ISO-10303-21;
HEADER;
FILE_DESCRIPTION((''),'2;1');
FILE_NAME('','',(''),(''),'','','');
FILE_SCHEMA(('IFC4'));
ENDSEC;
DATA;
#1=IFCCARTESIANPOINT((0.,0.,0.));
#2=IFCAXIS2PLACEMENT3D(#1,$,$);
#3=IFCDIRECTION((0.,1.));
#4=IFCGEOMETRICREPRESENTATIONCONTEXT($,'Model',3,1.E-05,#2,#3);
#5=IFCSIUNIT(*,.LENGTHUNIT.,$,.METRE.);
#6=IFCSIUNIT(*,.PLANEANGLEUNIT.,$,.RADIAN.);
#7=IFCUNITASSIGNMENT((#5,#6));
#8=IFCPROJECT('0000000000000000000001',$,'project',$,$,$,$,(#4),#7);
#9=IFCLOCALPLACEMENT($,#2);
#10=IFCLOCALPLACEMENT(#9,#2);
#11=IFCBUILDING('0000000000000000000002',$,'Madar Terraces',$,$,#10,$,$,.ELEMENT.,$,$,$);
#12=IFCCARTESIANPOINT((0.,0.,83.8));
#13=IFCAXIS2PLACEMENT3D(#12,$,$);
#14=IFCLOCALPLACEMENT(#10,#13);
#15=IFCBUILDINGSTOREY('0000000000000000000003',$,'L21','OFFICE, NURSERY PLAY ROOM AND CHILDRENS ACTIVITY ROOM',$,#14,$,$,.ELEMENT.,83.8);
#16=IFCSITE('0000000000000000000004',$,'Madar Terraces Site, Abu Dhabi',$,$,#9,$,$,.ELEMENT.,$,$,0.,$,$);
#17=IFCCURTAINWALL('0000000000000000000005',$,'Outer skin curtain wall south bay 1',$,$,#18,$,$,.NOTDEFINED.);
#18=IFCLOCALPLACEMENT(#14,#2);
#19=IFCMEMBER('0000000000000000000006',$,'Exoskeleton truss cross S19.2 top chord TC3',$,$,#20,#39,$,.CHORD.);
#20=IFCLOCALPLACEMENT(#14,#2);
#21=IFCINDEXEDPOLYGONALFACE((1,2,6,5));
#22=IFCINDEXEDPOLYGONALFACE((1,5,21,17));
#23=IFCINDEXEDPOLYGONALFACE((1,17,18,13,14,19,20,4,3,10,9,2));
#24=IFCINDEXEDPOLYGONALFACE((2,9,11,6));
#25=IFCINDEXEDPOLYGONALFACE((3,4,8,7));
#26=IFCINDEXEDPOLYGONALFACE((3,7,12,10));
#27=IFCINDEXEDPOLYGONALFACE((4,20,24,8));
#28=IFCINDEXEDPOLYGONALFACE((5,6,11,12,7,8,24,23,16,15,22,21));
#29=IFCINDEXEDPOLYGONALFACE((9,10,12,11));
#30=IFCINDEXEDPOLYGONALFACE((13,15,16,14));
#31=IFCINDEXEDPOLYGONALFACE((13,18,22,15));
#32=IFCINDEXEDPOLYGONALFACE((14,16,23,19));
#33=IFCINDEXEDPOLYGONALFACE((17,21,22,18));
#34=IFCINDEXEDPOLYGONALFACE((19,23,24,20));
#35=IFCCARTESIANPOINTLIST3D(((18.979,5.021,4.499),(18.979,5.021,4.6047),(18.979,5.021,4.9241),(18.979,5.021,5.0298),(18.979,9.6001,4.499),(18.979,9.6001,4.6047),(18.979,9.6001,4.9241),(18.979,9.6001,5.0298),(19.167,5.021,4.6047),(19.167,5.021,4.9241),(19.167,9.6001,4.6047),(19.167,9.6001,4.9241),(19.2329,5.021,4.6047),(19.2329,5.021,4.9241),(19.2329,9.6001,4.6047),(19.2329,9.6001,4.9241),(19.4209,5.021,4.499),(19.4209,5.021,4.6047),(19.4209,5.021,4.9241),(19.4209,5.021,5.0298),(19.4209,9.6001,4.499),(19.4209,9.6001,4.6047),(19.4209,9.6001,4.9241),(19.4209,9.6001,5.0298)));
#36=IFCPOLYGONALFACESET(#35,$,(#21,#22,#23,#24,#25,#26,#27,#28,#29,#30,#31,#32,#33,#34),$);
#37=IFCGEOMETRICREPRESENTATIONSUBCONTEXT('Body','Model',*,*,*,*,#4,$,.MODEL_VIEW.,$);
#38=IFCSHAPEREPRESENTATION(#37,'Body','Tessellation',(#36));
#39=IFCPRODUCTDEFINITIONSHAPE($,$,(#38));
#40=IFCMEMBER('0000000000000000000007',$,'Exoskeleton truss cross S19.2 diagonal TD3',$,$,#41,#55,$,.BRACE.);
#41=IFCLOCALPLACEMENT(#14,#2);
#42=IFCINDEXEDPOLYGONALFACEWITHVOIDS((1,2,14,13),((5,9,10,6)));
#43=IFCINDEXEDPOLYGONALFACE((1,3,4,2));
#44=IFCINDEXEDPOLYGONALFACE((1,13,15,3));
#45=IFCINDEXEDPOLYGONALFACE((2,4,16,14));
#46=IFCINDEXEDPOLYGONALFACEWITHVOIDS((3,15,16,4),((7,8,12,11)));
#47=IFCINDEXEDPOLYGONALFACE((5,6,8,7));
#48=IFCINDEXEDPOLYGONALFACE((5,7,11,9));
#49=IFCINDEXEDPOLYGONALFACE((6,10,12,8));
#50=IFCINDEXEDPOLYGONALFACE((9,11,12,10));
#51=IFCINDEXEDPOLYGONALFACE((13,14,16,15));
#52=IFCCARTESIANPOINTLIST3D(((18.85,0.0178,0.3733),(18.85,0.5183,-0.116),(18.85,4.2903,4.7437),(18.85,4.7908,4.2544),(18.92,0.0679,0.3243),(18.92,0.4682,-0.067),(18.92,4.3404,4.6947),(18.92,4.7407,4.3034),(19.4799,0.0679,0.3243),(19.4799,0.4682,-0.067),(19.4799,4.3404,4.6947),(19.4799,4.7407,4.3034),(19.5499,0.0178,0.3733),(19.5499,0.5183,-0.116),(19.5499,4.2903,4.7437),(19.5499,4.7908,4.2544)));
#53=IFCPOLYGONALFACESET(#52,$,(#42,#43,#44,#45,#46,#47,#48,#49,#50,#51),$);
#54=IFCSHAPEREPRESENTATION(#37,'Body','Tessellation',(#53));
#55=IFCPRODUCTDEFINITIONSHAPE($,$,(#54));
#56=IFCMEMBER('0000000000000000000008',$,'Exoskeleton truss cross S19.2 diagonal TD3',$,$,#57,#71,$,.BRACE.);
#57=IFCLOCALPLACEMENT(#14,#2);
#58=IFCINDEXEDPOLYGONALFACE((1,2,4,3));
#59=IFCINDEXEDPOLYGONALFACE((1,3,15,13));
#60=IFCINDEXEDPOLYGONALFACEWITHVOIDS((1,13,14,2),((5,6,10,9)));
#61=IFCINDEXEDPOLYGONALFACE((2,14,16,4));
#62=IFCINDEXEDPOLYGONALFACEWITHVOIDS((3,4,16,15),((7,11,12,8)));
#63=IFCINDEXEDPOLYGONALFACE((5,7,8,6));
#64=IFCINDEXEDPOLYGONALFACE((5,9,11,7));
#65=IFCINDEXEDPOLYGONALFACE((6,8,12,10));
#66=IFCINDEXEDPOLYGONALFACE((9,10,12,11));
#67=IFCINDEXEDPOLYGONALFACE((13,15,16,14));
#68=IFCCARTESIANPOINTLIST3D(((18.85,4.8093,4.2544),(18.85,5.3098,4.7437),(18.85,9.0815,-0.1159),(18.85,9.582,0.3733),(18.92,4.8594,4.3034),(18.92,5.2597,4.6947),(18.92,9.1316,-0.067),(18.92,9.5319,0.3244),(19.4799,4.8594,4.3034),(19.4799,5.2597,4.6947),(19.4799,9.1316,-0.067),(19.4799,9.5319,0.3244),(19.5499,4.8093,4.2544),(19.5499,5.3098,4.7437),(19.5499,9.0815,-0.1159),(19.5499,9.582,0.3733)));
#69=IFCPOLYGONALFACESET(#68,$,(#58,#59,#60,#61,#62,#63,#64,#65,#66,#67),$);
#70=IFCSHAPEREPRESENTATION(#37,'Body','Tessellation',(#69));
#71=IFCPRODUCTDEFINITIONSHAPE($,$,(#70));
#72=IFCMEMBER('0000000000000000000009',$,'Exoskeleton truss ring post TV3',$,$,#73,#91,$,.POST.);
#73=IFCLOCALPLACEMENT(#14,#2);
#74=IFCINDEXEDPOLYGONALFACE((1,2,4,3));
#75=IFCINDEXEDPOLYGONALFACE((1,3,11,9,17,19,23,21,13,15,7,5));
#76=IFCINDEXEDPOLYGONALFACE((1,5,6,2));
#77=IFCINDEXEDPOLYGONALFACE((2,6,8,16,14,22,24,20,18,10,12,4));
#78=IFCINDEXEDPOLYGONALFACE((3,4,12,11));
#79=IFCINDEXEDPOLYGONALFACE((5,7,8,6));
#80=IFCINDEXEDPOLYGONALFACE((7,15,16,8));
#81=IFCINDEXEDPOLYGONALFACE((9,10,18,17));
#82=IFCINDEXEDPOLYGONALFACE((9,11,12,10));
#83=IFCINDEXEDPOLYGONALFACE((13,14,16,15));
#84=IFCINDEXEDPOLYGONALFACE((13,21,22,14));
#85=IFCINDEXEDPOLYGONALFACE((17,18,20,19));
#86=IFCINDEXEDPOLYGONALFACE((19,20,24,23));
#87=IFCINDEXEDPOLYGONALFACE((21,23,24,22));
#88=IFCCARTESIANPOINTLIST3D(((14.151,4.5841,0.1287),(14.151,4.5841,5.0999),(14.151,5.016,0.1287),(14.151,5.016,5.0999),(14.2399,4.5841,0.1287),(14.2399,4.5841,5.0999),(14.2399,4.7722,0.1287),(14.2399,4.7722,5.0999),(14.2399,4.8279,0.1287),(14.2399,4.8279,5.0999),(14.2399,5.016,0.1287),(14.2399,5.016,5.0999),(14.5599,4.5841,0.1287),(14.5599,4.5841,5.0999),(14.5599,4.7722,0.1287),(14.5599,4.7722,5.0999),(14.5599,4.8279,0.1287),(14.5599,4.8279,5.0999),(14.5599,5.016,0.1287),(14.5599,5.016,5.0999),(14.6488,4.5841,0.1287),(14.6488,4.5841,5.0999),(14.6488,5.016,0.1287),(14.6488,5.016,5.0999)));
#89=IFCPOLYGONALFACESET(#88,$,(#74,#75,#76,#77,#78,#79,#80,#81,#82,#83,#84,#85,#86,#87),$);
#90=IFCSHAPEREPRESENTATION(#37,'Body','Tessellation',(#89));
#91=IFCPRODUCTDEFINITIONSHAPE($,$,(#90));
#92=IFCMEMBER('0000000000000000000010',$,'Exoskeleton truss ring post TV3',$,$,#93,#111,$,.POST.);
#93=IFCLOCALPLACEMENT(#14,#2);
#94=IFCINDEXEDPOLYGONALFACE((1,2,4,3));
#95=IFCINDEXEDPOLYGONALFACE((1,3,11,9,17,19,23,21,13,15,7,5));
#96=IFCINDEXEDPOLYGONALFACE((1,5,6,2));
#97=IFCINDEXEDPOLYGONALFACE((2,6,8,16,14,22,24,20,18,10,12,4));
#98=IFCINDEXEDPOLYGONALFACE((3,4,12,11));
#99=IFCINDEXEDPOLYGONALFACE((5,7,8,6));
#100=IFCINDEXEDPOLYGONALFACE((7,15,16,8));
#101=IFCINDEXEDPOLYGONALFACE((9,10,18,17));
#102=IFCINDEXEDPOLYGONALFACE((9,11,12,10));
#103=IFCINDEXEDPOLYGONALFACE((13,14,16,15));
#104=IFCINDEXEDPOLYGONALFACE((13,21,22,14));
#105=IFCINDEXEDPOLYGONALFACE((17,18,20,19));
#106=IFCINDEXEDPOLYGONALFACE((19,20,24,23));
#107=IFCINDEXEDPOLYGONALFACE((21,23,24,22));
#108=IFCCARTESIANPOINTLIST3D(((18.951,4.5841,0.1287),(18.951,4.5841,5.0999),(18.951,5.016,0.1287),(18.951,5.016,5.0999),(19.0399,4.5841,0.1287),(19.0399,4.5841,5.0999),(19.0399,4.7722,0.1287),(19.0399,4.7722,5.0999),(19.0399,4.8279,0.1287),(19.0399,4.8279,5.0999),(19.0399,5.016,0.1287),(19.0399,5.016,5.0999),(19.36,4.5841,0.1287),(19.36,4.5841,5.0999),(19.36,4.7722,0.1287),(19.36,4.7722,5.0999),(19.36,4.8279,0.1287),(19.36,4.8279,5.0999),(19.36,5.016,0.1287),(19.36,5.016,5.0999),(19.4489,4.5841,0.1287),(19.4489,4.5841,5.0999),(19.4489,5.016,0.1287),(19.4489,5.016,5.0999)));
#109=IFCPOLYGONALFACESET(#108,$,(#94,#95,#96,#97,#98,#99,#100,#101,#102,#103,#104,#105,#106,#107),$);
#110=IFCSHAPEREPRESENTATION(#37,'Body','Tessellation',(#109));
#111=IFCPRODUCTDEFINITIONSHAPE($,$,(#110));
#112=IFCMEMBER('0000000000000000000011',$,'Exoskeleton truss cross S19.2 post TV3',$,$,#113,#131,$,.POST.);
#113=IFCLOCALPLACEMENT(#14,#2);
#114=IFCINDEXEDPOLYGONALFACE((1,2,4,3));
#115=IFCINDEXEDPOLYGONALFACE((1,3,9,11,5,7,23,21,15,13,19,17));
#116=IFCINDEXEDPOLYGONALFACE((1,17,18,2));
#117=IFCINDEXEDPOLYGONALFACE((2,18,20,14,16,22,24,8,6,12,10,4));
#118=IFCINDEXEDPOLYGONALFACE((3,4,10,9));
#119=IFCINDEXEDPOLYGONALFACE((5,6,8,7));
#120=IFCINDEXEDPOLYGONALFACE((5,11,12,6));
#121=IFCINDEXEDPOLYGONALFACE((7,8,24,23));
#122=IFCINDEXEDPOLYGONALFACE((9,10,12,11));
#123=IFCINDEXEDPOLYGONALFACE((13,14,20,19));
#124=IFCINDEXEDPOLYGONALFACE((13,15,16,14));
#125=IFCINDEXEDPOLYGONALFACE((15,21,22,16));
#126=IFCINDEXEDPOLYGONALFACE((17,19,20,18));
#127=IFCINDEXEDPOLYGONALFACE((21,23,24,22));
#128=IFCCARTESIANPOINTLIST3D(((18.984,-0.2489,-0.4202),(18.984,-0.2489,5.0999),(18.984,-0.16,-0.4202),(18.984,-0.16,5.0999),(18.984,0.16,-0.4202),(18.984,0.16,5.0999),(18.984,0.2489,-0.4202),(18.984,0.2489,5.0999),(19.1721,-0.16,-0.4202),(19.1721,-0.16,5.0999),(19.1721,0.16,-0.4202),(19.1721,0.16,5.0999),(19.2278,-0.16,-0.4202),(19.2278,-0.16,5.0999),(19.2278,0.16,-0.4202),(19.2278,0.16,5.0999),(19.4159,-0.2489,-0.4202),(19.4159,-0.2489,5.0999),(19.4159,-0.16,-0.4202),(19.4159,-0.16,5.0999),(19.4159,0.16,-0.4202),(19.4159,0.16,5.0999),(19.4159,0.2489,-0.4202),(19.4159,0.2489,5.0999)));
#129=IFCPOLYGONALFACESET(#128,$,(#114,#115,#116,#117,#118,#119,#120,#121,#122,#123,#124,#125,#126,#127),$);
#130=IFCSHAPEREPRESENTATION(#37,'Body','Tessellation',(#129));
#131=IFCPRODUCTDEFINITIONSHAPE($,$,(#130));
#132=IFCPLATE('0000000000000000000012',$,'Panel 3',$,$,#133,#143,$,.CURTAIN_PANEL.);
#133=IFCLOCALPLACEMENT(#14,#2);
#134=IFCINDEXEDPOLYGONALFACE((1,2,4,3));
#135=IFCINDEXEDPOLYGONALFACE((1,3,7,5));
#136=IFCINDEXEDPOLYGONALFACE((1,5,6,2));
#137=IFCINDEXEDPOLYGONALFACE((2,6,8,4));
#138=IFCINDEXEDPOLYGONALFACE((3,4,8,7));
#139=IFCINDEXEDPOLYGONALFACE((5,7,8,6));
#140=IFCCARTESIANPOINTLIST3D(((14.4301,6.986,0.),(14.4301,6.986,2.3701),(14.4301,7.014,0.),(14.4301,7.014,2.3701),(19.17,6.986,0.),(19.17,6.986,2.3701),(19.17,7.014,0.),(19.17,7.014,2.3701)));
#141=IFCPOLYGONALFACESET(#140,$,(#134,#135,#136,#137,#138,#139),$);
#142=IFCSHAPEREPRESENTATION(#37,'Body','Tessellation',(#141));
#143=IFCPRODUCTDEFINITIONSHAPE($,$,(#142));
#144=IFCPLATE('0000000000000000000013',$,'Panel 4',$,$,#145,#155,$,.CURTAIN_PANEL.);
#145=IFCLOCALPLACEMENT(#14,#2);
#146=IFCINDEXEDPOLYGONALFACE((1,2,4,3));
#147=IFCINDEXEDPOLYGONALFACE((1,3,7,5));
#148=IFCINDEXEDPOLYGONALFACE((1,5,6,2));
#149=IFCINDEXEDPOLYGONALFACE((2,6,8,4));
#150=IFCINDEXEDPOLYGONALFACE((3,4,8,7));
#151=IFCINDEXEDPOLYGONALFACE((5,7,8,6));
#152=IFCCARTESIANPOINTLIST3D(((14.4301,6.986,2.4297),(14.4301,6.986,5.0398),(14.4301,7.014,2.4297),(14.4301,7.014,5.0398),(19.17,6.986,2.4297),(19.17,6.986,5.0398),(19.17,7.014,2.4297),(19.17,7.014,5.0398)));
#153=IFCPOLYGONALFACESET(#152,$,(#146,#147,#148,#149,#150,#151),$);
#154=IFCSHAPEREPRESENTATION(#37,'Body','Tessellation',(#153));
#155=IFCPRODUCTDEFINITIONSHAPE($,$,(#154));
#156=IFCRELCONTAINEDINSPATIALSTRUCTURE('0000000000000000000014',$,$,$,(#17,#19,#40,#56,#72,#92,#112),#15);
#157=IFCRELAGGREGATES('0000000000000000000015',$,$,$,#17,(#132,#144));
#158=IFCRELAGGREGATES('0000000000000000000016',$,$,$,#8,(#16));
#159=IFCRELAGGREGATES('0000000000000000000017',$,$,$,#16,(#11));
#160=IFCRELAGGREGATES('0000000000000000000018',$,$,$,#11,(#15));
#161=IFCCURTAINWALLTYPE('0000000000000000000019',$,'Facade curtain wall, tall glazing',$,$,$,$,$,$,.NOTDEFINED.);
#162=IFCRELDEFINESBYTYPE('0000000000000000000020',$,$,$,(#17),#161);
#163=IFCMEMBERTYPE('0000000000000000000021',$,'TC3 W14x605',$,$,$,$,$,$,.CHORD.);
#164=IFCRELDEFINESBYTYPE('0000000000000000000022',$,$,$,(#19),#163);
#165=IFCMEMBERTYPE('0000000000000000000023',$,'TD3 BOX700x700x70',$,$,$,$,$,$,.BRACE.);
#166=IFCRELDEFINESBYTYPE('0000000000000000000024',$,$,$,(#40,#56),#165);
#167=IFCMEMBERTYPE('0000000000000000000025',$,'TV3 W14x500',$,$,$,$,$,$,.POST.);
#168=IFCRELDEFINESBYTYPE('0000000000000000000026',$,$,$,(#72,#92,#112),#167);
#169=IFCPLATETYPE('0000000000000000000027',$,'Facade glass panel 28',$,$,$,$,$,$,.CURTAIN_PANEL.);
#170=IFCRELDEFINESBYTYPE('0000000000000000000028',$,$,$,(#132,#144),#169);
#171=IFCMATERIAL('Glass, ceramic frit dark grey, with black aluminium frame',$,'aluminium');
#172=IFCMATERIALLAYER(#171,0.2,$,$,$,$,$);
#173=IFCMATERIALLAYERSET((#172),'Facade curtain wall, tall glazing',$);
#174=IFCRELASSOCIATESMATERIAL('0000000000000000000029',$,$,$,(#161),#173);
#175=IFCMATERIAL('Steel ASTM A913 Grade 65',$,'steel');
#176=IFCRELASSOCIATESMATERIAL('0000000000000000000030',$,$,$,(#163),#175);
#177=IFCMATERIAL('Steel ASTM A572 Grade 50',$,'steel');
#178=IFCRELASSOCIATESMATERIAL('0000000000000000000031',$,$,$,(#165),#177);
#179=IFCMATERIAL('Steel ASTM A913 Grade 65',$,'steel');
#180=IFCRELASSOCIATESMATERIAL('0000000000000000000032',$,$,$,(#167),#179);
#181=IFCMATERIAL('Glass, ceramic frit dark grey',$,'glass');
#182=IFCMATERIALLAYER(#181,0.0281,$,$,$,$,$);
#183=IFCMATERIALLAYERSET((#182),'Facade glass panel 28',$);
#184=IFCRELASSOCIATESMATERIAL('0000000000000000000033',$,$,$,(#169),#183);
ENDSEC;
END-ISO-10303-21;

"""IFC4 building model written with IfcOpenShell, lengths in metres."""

from ifc_helpers import new_model, si_unit, direction, frame, origin, origin_2d, place, context, subcontext, project, spatial, rectangle, hollow_rectangle, i_section, extrude, material, layer, layer_set, material_profile, profile_set, type_object, element, aggregate, save


model = new_model("IFC4")

# Units and contexts
model_context = context("Model", 3, precision=1e-05, world=origin(), true_north=direction((0.0, 1.0)))
body_context = subcontext(model_context, "Body", "Model", "MODEL_VIEW")
ifc_project = project(units=[si_unit("LENGTHUNIT", "METRE"), si_unit("PLANEANGLEUNIT", "RADIAN")], contexts=[model_context])

# Site, building, storey
site_placement = place(None, origin())
site = spatial("IfcSite", under=ifc_project, at=site_placement, Name="Madar Terraces Site, Abu Dhabi", CompositionType="ELEMENT", RefElevation=0.0)
building_placement = place(site_placement, origin())
building = spatial("IfcBuilding", under=site, at=building_placement, Name="Madar Terraces", CompositionType="ELEMENT")
storey_placement = place(building_placement, frame((0.0, 0.0, 83.8)))
storey = spatial("IfcBuildingStorey", under=building, at=storey_placement, Name="L21", Description="OFFICE, NURSERY PLAY ROOM AND CHILDRENS ACTIVITY ROOM", CompositionType="ELEMENT", Elevation=83.8)

# Curtain wall
ifc_material_1 = material(Name="Glass, ceramic frit dark grey, with black aluminium frame", Category="aluminium")
ifc_layer_1 = layer(ifc_material_1, 0.2)
ifc_layer_set_1 = layer_set([ifc_layer_1], Name="Facade curtain wall, tall glazing")
curtain_wall_type = type_object("IfcCurtainWallType", Name="Facade curtain wall, tall glazing", PredefinedType="NOTDEFINED", material=ifc_layer_set_1)
curtain_wall_placement = place(storey_placement, origin())
curtain_wall = element("IfcCurtainWall", 1, at=curtain_wall_placement, inside=storey, type_object=curtain_wall_type, Name="Outer skin curtain wall south bay 1", PredefinedType="NOTDEFINED")

# Members
ifc_material_2 = material(Name="Steel ASTM A913 Grade 65", Category="steel")
ifc_material_profile_1 = material_profile(ifc_material_2, i_section(OverallWidth=0.4419, OverallDepth=0.5308, WebThickness=0.0659, FlangeThickness=0.1057, at=origin_2d()), Name="W14x605")
ifc_profile_set_1 = profile_set([ifc_material_profile_1], Name="Steel ASTM A913 Grade 65")
member_type_1 = type_object("IfcMemberType", Name="TC3 W14x605", PredefinedType="CHORD", material=ifc_profile_set_1)
for number, where, z_axis, x_axis, name in (
    (2, (19.2, 5.021, 4.7644), (0.0, 1.0, 0.0), (-1.0, 0.0, 0.0), "Exoskeleton truss cross S19.2 top chord TC3"),
):
    element("IfcMember", number, at=place(storey_placement, frame(where, z_axis=z_axis, x_axis=x_axis)), inside=storey, type_object=member_type_1, Name=name, PredefinedType="CHORD", context=body_context, shape_type="SweptSolid", body=[
        extrude(i_section(OverallWidth=0.4419, OverallDepth=0.5308, WebThickness=0.0659, FlangeThickness=0.1057, at=origin_2d()), origin(), (0.0, 0.0, 1.0), 4.5791),
    ])
ifc_material_3 = material(Name="Steel ASTM A572 Grade 50", Category="steel")
ifc_material_profile_2 = material_profile(ifc_material_3, hollow_rectangle(XDim=0.7, YDim=0.7, WallThickness=0.0701, at=origin_2d()), Name="BOX700x700x70")
ifc_profile_set_2 = profile_set([ifc_material_profile_2], Name="Steel ASTM A572 Grade 50")
member_type_2 = type_object("IfcMemberType", Name="TD3 BOX700x700x70", PredefinedType="BRACE", material=ifc_profile_set_2)
member_1_placement = place(storey_placement, frame((19.2, 0.2681, 0.1287), z_axis=(0.0, 0.699052, 0.715071), x_axis=(-1.0, 0.0, 0.0)))
element("IfcMember", 3, at=member_1_placement, inside=storey, type_object=member_type_2, Name="Exoskeleton truss cross S19.2 diagonal TD3", PredefinedType="BRACE", context=body_context, shape_type="SweptSolid", body=[
    extrude(hollow_rectangle(XDim=0.7, YDim=0.7, WallThickness=0.0701, at=origin_2d()), origin(), (0.0, 0.0, 1.0), 6.1118),
])
member_2_placement = place(storey_placement, frame((19.2, 5.0596, 4.499), z_axis=(0.0, 0.699032, -0.715091), x_axis=(-1.0, 0.0, 0.0)))
element("IfcMember", 4, at=member_2_placement, inside=storey, type_object=member_type_2, Name="Exoskeleton truss cross S19.2 diagonal TD3", PredefinedType="BRACE", context=body_context, shape_type="SweptSolid", body=[
    extrude(hollow_rectangle(XDim=0.7, YDim=0.7, WallThickness=0.0701, at=origin_2d()), origin(), (0.0, 0.0, 1.0), 6.1116),
])
ifc_material_4 = material(Name="Steel ASTM A913 Grade 65", Category="steel")
ifc_material_profile_3 = material_profile(ifc_material_4, i_section(OverallWidth=0.4319, OverallDepth=0.4978, WebThickness=0.0557, FlangeThickness=0.0889, at=origin_2d()), Name="W14x500")
ifc_profile_set_3 = profile_set([ifc_material_profile_3], Name="Steel ASTM A913 Grade 65")
member_type_3 = type_object("IfcMemberType", Name="TV3 W14x500", PredefinedType="POST", material=ifc_profile_set_3)
for number, where, z_axis, x_axis, name in (
    (5, (14.3999, 4.8, 0.1287), (0.0, 0.0, 1.0), (0.0, 1.0, 0.0), "Exoskeleton truss ring post TV3"),
    (6, (19.2, 4.8, 0.1287), (0.0, 0.0, 1.0), (0.0, 1.0, 0.0), "Exoskeleton truss ring post TV3"),
):
    element("IfcMember", number, at=place(storey_placement, frame(where, z_axis=z_axis, x_axis=x_axis)), inside=storey, type_object=member_type_3, Name=name, PredefinedType="POST", context=body_context, shape_type="SweptSolid", body=[
        extrude(i_section(OverallWidth=0.4319, OverallDepth=0.4978, WebThickness=0.0557, FlangeThickness=0.0889, at=origin_2d()), origin(), (0.0, 0.0, 1.0), 4.9712),
    ])
member_3_placement = place(storey_placement, frame((19.2, 0.0, -0.4202), z_axis=(0.0, 0.0, 1.0), x_axis=(-1.0, 0.0, 0.0)))
element("IfcMember", 7, at=member_3_placement, inside=storey, type_object=member_type_3, Name="Exoskeleton truss cross S19.2 post TV3", PredefinedType="POST", context=body_context, shape_type="SweptSolid", body=[
    extrude(i_section(OverallWidth=0.4319, OverallDepth=0.4978, WebThickness=0.0557, FlangeThickness=0.0889, at=origin_2d()), origin(), (0.0, 0.0, 1.0), 5.52),
])

# Plates
ifc_material_5 = material(Name="Glass, ceramic frit dark grey", Category="glass")
ifc_layer_2 = layer(ifc_material_5, 0.0281)
ifc_layer_set_2 = layer_set([ifc_layer_2], Name="Facade glass panel 28")
plate_type = type_object("IfcPlateType", Name="Facade glass panel 28", PredefinedType="CURTAIN_PANEL", material=ifc_layer_set_2)
plate_1_placement = place(storey_placement, frame((16.8, 7.0, 0.0), z_axis=(0.0, 0.0, 1.0), x_axis=(1.0, 0.0, 0.0)))
plate_1 = element("IfcPlate", 8, at=plate_1_placement, type_object=plate_type, Name="Panel 3", PredefinedType="CURTAIN_PANEL", context=body_context, shape_type="SweptSolid", body=[
    extrude(rectangle(XDim=4.74, YDim=0.0281, at=origin_2d()), origin(), (0.0, 0.0, 1.0), 2.3701),
])
plate_2_placement = place(storey_placement, frame((16.8, 7.0, 2.4297), z_axis=(0.0, 0.0, 1.0), x_axis=(1.0, 0.0, 0.0)))
plate_2 = element("IfcPlate", 9, at=plate_2_placement, type_object=plate_type, Name="Panel 4", PredefinedType="CURTAIN_PANEL", context=body_context, shape_type="SweptSolid", body=[
    extrude(rectangle(XDim=4.74, YDim=0.0281, at=origin_2d()), origin(), (0.0, 0.0, 1.0), 2.6101),
])
aggregate(curtain_wall, [plate_1, plate_2])

save(model, "model.ifc")
